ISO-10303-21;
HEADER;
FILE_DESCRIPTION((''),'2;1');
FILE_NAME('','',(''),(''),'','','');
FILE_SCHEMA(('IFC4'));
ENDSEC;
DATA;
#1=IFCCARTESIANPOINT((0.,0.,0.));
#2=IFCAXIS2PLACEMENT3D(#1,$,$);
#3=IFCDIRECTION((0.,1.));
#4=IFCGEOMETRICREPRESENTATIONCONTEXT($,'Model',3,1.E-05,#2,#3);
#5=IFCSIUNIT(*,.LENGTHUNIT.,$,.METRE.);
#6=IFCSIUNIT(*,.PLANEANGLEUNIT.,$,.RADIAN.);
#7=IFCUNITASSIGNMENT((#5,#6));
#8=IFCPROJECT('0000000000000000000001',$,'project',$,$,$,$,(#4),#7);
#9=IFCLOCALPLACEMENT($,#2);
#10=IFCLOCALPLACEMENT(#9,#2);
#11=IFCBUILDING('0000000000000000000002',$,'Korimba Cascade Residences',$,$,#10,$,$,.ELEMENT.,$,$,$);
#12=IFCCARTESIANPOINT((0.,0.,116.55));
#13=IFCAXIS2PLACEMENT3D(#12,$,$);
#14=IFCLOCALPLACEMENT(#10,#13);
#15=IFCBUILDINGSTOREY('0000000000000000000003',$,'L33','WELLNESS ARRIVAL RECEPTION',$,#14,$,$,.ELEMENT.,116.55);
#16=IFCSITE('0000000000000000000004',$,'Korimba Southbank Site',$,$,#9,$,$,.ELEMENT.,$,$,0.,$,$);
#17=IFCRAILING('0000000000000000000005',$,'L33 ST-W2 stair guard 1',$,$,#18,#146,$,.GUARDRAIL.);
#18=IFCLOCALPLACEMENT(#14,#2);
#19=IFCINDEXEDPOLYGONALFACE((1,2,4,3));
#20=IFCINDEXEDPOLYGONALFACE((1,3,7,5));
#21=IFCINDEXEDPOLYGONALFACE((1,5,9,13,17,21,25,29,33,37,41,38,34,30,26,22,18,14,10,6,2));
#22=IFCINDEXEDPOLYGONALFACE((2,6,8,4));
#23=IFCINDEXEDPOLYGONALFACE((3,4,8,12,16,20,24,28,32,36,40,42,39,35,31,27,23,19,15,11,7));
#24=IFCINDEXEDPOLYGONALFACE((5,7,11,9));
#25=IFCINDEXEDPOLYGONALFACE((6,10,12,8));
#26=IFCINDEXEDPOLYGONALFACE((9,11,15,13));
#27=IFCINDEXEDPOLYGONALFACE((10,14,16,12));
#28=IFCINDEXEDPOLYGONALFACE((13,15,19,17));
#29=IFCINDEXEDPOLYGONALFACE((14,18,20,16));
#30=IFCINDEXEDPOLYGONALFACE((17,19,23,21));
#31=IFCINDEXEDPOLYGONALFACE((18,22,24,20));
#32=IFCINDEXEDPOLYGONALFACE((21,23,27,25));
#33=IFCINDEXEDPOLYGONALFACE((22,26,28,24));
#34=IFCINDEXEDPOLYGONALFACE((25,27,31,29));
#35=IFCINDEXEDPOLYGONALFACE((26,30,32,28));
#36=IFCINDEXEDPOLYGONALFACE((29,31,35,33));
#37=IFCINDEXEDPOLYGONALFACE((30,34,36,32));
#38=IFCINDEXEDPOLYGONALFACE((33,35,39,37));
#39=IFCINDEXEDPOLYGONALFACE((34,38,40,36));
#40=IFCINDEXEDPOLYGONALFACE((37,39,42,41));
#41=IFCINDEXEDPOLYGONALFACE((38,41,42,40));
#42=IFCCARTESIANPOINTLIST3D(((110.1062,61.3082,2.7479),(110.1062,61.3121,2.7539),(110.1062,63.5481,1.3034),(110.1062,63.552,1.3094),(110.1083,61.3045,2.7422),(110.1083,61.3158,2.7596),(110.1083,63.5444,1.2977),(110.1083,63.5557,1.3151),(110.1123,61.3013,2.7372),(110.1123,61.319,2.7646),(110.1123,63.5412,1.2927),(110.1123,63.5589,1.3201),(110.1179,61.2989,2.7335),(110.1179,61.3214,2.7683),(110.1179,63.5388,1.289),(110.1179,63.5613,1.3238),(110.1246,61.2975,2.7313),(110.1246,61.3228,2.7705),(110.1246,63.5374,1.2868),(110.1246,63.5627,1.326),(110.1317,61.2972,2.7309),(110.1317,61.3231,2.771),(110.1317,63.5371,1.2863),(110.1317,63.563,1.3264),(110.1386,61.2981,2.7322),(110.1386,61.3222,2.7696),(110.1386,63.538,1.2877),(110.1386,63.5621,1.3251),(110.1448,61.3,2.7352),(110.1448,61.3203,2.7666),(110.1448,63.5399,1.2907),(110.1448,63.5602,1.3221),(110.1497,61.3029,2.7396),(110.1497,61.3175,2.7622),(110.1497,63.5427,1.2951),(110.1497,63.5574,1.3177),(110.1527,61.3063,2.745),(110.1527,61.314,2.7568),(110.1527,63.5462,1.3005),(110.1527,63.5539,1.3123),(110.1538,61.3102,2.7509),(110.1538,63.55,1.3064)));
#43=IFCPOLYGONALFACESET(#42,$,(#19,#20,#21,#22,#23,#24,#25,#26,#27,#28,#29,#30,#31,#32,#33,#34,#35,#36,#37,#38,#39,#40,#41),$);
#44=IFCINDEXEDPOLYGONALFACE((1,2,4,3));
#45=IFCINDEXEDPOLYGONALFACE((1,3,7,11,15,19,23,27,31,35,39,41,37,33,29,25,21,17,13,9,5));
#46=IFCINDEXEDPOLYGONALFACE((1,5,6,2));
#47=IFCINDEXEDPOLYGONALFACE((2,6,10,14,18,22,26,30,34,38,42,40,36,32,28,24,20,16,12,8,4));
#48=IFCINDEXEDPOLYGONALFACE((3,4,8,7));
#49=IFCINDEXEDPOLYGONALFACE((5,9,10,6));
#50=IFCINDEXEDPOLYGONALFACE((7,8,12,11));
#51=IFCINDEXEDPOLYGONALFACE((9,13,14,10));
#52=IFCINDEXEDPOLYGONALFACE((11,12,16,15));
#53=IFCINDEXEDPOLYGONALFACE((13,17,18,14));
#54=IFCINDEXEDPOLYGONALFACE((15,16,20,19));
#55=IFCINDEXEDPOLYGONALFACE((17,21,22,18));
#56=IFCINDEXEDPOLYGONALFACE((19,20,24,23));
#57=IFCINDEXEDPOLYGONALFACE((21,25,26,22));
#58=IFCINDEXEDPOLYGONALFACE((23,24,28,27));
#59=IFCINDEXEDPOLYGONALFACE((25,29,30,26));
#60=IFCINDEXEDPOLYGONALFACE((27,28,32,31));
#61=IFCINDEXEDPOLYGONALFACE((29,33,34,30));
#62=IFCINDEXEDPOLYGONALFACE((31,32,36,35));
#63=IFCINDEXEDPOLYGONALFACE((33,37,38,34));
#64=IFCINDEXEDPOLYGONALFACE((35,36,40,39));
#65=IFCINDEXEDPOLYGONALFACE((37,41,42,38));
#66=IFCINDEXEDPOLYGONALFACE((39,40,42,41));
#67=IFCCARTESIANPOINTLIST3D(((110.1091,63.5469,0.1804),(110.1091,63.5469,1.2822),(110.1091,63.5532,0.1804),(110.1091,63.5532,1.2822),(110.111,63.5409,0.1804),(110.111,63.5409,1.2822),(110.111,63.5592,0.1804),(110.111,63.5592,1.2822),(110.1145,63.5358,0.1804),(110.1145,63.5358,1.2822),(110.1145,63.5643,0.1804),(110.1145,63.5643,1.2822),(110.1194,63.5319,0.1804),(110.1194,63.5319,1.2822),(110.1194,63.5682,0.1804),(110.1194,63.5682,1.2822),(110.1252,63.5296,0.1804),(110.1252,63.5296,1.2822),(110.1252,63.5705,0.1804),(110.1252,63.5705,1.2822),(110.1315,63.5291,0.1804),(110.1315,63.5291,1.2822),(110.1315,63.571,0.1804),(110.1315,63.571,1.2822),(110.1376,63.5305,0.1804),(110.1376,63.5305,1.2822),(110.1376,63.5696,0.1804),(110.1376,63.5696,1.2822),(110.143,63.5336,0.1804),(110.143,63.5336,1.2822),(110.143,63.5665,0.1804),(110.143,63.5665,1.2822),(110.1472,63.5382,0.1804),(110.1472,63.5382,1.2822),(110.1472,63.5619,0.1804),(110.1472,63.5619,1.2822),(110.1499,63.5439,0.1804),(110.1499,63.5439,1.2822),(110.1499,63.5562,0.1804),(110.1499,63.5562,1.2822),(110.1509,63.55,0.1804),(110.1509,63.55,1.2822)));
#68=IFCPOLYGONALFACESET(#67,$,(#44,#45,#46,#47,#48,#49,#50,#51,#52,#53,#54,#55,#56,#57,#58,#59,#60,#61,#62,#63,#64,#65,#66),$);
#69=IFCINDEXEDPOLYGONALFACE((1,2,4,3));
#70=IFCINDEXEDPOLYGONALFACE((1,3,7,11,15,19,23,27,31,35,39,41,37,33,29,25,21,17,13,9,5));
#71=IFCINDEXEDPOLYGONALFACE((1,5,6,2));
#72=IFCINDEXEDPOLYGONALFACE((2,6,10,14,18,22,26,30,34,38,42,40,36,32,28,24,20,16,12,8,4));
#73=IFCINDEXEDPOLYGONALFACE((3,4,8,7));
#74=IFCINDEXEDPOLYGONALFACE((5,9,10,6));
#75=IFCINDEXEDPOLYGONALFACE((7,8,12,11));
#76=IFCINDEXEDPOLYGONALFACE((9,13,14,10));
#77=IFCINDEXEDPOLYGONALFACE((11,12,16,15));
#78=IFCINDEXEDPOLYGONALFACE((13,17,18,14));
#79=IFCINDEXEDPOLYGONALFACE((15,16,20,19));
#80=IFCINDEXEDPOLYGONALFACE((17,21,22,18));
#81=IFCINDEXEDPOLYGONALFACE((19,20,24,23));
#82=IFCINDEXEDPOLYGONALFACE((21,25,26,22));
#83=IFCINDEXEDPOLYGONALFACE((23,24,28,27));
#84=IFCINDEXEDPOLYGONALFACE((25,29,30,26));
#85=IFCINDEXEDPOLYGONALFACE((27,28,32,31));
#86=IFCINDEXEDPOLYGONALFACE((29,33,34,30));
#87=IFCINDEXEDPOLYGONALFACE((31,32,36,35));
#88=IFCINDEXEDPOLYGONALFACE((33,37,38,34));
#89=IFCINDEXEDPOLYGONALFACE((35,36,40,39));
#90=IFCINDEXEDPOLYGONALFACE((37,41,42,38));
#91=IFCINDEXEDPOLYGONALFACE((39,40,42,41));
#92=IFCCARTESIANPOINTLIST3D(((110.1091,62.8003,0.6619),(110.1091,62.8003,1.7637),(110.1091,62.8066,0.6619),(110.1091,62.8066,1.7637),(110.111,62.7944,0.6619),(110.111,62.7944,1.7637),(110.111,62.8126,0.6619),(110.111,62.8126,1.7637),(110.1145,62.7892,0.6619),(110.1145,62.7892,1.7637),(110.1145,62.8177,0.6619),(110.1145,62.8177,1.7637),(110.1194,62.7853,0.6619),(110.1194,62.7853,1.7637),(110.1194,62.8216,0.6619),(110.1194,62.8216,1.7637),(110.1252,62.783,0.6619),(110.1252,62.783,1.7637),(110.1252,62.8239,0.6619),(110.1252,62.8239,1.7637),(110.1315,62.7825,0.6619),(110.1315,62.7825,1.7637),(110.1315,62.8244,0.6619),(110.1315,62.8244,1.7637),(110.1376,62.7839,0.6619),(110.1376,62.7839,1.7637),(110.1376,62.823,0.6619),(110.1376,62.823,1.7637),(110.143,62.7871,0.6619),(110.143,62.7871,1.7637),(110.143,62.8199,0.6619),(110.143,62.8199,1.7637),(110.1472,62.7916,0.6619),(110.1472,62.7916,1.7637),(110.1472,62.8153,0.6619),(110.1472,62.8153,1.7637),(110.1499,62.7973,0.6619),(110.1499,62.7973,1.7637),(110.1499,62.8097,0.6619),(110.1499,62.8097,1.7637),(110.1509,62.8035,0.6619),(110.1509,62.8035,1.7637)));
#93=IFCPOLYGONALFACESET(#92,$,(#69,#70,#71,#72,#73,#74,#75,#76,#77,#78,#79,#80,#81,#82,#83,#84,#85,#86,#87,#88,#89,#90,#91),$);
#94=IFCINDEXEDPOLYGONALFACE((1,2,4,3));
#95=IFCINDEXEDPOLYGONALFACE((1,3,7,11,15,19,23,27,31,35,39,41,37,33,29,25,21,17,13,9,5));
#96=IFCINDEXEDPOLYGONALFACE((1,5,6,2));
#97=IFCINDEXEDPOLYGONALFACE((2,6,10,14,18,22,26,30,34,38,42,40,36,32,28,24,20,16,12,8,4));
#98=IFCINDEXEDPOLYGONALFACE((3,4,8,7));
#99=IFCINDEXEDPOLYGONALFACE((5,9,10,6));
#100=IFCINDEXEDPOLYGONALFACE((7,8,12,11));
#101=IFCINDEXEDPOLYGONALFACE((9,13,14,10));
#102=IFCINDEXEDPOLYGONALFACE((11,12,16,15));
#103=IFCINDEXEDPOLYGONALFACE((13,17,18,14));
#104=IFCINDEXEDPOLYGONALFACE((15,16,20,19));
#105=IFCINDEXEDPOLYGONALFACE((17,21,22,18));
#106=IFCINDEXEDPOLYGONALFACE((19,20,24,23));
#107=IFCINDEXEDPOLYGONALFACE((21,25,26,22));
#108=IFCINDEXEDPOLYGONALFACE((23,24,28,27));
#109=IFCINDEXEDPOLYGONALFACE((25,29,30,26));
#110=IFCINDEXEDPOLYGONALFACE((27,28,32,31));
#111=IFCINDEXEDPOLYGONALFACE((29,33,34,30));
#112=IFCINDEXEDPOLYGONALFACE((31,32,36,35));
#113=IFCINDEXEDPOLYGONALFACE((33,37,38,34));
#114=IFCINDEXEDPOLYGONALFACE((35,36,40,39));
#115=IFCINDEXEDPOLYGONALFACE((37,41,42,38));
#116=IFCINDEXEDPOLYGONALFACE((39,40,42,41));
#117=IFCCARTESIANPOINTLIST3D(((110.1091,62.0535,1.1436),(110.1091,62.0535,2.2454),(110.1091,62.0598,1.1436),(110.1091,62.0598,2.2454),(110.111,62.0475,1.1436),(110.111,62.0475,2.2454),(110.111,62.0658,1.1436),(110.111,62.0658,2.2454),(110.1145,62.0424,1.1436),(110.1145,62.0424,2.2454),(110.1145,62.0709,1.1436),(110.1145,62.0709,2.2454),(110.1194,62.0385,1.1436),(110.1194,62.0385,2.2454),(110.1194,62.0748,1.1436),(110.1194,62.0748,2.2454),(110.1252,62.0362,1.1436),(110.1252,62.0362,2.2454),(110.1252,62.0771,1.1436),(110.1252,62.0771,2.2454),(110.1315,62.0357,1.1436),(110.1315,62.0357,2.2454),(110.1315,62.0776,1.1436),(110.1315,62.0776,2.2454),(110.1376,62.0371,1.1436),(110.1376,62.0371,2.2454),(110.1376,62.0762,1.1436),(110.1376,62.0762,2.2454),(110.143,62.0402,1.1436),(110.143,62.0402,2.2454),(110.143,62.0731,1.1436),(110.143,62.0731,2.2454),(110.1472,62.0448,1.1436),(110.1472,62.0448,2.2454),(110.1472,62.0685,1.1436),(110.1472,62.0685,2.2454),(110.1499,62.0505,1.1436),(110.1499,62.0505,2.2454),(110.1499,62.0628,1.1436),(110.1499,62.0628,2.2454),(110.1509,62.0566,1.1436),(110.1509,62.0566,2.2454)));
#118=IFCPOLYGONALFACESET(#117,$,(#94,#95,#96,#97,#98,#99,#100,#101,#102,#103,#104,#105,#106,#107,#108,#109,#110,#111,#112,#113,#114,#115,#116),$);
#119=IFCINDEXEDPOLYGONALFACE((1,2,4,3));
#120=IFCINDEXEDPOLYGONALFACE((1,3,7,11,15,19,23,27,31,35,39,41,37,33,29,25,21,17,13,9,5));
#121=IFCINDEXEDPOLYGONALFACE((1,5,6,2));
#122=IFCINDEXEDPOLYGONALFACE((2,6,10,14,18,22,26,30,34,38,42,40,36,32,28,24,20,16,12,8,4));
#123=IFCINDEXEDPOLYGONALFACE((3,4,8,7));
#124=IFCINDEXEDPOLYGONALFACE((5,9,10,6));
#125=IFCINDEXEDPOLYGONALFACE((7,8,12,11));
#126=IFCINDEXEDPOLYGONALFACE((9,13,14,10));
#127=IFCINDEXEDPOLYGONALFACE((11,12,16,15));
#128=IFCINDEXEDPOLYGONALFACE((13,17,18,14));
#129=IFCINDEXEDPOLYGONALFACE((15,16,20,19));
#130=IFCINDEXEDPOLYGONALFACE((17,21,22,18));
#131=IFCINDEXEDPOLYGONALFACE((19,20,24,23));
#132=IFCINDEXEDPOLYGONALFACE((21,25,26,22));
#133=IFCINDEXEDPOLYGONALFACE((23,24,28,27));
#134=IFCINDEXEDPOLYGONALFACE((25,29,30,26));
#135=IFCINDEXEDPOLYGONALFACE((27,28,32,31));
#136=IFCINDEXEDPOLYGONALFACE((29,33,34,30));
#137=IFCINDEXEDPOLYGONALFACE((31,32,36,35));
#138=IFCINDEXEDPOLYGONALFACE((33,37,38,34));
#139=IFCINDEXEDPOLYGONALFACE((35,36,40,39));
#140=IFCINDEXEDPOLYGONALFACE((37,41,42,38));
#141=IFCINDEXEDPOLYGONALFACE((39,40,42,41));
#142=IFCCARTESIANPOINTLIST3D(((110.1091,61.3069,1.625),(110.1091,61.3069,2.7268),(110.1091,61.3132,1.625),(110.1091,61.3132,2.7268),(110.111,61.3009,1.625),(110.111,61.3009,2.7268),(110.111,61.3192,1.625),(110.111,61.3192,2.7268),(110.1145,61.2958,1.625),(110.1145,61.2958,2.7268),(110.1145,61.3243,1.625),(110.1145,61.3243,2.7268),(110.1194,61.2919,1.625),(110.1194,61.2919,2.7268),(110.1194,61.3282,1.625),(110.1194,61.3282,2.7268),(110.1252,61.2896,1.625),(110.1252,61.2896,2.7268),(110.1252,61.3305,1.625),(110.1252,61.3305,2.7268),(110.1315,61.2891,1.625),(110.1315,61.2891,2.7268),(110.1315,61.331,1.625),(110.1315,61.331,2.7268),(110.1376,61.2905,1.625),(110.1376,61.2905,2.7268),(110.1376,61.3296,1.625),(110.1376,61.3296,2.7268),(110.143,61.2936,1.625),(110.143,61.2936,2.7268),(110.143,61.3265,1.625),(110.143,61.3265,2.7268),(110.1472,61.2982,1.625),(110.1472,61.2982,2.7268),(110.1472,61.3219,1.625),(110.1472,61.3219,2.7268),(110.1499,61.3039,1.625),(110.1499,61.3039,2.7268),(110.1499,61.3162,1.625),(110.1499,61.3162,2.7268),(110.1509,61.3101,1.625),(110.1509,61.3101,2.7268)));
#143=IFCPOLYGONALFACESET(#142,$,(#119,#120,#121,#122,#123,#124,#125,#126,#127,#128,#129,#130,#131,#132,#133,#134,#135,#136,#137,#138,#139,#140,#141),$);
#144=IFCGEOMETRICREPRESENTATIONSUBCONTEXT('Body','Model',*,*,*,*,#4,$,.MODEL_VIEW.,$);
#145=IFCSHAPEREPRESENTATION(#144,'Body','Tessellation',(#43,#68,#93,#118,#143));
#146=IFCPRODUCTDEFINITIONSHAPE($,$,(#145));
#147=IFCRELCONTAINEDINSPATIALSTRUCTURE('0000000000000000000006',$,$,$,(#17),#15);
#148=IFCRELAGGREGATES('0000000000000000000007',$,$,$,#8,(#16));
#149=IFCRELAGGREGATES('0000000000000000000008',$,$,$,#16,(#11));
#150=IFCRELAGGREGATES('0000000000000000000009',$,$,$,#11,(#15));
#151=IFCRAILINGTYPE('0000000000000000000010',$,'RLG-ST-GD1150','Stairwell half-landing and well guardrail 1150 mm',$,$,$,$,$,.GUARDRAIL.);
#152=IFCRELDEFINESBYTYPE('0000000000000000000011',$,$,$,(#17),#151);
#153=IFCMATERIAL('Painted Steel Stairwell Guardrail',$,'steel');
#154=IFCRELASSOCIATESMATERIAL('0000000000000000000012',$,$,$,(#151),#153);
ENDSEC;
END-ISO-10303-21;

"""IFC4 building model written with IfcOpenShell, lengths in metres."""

from ifc_helpers import new_model, si_unit, direction, frame, origin, origin_2d, place, context, subcontext, project, spatial, circle, extrude, material, type_object, element, save


model = new_model("IFC4")

# Units and contexts
model_context = context("Model", 3, precision=1e-05, world=origin(), true_north=direction((0.0, 1.0)))
body_context = subcontext(model_context, "Body", "Model", "MODEL_VIEW")
ifc_project = project(units=[si_unit("LENGTHUNIT", "METRE"), si_unit("PLANEANGLEUNIT", "RADIAN")], contexts=[model_context])

# Site, building, storey
site_placement = place(None, origin())
site = spatial("IfcSite", under=ifc_project, at=site_placement, Name="Korimba Southbank Site", CompositionType="ELEMENT", RefElevation=0.0)
building_placement = place(site_placement, origin())
building = spatial("IfcBuilding", under=site, at=building_placement, Name="Korimba Cascade Residences", CompositionType="ELEMENT")
storey_placement = place(building_placement, frame((0.0, 0.0, 116.55)))
storey = spatial("IfcBuildingStorey", under=building, at=storey_placement, Name="L33", Description="WELLNESS ARRIVAL RECEPTION", CompositionType="ELEMENT", Elevation=116.55)

# Railing
ifc_material_1 = material(Name="Painted Steel Stairwell Guardrail", Category="steel")
railing_type_1 = type_object("IfcRailingType", Name="RLG-ST-GD1150", Description="Stairwell half-landing and well guardrail 1150 mm", PredefinedType="GUARDRAIL", material=ifc_material_1)
railing_1_placement = place(storey_placement, frame((110.1299, 63.55, 0.1804)))
element("IfcRailing", 1, at=railing_1_placement, inside=storey, type_object=railing_type_1, Name="L33 ST-W2 stair guard 1", PredefinedType="GUARDRAIL", context=body_context, shape_type="SweptSolid", body=[
    extrude(circle(Radius=0.0239, at=origin_2d()), frame((0.0, 0.0, 1.126), z_axis=(0.0, -0.840395, 0.541975), x_axis=(1.0, 0.0, 0.0)), (0.0, 0.0, 1.0), 2.6653),
    extrude(circle(Radius=0.021, at=origin_2d()), origin(), (0.0, 0.0, 1.0), 1.1018),
    extrude(circle(Radius=0.021, at=origin_2d()), frame((0.0, -0.7466, 0.4814)), (0.0, 0.0, 1.0), 1.1018),
    extrude(circle(Radius=0.021, at=origin_2d()), frame((0.0, -1.4934, 0.9631)), (0.0, 0.0, 1.0), 1.1018),
    extrude(circle(Radius=0.021, at=origin_2d()), frame((0.0, -2.24, 1.4446)), (0.0, 0.0, 1.0), 1.1018),
])

save(model, "model.ifc")
